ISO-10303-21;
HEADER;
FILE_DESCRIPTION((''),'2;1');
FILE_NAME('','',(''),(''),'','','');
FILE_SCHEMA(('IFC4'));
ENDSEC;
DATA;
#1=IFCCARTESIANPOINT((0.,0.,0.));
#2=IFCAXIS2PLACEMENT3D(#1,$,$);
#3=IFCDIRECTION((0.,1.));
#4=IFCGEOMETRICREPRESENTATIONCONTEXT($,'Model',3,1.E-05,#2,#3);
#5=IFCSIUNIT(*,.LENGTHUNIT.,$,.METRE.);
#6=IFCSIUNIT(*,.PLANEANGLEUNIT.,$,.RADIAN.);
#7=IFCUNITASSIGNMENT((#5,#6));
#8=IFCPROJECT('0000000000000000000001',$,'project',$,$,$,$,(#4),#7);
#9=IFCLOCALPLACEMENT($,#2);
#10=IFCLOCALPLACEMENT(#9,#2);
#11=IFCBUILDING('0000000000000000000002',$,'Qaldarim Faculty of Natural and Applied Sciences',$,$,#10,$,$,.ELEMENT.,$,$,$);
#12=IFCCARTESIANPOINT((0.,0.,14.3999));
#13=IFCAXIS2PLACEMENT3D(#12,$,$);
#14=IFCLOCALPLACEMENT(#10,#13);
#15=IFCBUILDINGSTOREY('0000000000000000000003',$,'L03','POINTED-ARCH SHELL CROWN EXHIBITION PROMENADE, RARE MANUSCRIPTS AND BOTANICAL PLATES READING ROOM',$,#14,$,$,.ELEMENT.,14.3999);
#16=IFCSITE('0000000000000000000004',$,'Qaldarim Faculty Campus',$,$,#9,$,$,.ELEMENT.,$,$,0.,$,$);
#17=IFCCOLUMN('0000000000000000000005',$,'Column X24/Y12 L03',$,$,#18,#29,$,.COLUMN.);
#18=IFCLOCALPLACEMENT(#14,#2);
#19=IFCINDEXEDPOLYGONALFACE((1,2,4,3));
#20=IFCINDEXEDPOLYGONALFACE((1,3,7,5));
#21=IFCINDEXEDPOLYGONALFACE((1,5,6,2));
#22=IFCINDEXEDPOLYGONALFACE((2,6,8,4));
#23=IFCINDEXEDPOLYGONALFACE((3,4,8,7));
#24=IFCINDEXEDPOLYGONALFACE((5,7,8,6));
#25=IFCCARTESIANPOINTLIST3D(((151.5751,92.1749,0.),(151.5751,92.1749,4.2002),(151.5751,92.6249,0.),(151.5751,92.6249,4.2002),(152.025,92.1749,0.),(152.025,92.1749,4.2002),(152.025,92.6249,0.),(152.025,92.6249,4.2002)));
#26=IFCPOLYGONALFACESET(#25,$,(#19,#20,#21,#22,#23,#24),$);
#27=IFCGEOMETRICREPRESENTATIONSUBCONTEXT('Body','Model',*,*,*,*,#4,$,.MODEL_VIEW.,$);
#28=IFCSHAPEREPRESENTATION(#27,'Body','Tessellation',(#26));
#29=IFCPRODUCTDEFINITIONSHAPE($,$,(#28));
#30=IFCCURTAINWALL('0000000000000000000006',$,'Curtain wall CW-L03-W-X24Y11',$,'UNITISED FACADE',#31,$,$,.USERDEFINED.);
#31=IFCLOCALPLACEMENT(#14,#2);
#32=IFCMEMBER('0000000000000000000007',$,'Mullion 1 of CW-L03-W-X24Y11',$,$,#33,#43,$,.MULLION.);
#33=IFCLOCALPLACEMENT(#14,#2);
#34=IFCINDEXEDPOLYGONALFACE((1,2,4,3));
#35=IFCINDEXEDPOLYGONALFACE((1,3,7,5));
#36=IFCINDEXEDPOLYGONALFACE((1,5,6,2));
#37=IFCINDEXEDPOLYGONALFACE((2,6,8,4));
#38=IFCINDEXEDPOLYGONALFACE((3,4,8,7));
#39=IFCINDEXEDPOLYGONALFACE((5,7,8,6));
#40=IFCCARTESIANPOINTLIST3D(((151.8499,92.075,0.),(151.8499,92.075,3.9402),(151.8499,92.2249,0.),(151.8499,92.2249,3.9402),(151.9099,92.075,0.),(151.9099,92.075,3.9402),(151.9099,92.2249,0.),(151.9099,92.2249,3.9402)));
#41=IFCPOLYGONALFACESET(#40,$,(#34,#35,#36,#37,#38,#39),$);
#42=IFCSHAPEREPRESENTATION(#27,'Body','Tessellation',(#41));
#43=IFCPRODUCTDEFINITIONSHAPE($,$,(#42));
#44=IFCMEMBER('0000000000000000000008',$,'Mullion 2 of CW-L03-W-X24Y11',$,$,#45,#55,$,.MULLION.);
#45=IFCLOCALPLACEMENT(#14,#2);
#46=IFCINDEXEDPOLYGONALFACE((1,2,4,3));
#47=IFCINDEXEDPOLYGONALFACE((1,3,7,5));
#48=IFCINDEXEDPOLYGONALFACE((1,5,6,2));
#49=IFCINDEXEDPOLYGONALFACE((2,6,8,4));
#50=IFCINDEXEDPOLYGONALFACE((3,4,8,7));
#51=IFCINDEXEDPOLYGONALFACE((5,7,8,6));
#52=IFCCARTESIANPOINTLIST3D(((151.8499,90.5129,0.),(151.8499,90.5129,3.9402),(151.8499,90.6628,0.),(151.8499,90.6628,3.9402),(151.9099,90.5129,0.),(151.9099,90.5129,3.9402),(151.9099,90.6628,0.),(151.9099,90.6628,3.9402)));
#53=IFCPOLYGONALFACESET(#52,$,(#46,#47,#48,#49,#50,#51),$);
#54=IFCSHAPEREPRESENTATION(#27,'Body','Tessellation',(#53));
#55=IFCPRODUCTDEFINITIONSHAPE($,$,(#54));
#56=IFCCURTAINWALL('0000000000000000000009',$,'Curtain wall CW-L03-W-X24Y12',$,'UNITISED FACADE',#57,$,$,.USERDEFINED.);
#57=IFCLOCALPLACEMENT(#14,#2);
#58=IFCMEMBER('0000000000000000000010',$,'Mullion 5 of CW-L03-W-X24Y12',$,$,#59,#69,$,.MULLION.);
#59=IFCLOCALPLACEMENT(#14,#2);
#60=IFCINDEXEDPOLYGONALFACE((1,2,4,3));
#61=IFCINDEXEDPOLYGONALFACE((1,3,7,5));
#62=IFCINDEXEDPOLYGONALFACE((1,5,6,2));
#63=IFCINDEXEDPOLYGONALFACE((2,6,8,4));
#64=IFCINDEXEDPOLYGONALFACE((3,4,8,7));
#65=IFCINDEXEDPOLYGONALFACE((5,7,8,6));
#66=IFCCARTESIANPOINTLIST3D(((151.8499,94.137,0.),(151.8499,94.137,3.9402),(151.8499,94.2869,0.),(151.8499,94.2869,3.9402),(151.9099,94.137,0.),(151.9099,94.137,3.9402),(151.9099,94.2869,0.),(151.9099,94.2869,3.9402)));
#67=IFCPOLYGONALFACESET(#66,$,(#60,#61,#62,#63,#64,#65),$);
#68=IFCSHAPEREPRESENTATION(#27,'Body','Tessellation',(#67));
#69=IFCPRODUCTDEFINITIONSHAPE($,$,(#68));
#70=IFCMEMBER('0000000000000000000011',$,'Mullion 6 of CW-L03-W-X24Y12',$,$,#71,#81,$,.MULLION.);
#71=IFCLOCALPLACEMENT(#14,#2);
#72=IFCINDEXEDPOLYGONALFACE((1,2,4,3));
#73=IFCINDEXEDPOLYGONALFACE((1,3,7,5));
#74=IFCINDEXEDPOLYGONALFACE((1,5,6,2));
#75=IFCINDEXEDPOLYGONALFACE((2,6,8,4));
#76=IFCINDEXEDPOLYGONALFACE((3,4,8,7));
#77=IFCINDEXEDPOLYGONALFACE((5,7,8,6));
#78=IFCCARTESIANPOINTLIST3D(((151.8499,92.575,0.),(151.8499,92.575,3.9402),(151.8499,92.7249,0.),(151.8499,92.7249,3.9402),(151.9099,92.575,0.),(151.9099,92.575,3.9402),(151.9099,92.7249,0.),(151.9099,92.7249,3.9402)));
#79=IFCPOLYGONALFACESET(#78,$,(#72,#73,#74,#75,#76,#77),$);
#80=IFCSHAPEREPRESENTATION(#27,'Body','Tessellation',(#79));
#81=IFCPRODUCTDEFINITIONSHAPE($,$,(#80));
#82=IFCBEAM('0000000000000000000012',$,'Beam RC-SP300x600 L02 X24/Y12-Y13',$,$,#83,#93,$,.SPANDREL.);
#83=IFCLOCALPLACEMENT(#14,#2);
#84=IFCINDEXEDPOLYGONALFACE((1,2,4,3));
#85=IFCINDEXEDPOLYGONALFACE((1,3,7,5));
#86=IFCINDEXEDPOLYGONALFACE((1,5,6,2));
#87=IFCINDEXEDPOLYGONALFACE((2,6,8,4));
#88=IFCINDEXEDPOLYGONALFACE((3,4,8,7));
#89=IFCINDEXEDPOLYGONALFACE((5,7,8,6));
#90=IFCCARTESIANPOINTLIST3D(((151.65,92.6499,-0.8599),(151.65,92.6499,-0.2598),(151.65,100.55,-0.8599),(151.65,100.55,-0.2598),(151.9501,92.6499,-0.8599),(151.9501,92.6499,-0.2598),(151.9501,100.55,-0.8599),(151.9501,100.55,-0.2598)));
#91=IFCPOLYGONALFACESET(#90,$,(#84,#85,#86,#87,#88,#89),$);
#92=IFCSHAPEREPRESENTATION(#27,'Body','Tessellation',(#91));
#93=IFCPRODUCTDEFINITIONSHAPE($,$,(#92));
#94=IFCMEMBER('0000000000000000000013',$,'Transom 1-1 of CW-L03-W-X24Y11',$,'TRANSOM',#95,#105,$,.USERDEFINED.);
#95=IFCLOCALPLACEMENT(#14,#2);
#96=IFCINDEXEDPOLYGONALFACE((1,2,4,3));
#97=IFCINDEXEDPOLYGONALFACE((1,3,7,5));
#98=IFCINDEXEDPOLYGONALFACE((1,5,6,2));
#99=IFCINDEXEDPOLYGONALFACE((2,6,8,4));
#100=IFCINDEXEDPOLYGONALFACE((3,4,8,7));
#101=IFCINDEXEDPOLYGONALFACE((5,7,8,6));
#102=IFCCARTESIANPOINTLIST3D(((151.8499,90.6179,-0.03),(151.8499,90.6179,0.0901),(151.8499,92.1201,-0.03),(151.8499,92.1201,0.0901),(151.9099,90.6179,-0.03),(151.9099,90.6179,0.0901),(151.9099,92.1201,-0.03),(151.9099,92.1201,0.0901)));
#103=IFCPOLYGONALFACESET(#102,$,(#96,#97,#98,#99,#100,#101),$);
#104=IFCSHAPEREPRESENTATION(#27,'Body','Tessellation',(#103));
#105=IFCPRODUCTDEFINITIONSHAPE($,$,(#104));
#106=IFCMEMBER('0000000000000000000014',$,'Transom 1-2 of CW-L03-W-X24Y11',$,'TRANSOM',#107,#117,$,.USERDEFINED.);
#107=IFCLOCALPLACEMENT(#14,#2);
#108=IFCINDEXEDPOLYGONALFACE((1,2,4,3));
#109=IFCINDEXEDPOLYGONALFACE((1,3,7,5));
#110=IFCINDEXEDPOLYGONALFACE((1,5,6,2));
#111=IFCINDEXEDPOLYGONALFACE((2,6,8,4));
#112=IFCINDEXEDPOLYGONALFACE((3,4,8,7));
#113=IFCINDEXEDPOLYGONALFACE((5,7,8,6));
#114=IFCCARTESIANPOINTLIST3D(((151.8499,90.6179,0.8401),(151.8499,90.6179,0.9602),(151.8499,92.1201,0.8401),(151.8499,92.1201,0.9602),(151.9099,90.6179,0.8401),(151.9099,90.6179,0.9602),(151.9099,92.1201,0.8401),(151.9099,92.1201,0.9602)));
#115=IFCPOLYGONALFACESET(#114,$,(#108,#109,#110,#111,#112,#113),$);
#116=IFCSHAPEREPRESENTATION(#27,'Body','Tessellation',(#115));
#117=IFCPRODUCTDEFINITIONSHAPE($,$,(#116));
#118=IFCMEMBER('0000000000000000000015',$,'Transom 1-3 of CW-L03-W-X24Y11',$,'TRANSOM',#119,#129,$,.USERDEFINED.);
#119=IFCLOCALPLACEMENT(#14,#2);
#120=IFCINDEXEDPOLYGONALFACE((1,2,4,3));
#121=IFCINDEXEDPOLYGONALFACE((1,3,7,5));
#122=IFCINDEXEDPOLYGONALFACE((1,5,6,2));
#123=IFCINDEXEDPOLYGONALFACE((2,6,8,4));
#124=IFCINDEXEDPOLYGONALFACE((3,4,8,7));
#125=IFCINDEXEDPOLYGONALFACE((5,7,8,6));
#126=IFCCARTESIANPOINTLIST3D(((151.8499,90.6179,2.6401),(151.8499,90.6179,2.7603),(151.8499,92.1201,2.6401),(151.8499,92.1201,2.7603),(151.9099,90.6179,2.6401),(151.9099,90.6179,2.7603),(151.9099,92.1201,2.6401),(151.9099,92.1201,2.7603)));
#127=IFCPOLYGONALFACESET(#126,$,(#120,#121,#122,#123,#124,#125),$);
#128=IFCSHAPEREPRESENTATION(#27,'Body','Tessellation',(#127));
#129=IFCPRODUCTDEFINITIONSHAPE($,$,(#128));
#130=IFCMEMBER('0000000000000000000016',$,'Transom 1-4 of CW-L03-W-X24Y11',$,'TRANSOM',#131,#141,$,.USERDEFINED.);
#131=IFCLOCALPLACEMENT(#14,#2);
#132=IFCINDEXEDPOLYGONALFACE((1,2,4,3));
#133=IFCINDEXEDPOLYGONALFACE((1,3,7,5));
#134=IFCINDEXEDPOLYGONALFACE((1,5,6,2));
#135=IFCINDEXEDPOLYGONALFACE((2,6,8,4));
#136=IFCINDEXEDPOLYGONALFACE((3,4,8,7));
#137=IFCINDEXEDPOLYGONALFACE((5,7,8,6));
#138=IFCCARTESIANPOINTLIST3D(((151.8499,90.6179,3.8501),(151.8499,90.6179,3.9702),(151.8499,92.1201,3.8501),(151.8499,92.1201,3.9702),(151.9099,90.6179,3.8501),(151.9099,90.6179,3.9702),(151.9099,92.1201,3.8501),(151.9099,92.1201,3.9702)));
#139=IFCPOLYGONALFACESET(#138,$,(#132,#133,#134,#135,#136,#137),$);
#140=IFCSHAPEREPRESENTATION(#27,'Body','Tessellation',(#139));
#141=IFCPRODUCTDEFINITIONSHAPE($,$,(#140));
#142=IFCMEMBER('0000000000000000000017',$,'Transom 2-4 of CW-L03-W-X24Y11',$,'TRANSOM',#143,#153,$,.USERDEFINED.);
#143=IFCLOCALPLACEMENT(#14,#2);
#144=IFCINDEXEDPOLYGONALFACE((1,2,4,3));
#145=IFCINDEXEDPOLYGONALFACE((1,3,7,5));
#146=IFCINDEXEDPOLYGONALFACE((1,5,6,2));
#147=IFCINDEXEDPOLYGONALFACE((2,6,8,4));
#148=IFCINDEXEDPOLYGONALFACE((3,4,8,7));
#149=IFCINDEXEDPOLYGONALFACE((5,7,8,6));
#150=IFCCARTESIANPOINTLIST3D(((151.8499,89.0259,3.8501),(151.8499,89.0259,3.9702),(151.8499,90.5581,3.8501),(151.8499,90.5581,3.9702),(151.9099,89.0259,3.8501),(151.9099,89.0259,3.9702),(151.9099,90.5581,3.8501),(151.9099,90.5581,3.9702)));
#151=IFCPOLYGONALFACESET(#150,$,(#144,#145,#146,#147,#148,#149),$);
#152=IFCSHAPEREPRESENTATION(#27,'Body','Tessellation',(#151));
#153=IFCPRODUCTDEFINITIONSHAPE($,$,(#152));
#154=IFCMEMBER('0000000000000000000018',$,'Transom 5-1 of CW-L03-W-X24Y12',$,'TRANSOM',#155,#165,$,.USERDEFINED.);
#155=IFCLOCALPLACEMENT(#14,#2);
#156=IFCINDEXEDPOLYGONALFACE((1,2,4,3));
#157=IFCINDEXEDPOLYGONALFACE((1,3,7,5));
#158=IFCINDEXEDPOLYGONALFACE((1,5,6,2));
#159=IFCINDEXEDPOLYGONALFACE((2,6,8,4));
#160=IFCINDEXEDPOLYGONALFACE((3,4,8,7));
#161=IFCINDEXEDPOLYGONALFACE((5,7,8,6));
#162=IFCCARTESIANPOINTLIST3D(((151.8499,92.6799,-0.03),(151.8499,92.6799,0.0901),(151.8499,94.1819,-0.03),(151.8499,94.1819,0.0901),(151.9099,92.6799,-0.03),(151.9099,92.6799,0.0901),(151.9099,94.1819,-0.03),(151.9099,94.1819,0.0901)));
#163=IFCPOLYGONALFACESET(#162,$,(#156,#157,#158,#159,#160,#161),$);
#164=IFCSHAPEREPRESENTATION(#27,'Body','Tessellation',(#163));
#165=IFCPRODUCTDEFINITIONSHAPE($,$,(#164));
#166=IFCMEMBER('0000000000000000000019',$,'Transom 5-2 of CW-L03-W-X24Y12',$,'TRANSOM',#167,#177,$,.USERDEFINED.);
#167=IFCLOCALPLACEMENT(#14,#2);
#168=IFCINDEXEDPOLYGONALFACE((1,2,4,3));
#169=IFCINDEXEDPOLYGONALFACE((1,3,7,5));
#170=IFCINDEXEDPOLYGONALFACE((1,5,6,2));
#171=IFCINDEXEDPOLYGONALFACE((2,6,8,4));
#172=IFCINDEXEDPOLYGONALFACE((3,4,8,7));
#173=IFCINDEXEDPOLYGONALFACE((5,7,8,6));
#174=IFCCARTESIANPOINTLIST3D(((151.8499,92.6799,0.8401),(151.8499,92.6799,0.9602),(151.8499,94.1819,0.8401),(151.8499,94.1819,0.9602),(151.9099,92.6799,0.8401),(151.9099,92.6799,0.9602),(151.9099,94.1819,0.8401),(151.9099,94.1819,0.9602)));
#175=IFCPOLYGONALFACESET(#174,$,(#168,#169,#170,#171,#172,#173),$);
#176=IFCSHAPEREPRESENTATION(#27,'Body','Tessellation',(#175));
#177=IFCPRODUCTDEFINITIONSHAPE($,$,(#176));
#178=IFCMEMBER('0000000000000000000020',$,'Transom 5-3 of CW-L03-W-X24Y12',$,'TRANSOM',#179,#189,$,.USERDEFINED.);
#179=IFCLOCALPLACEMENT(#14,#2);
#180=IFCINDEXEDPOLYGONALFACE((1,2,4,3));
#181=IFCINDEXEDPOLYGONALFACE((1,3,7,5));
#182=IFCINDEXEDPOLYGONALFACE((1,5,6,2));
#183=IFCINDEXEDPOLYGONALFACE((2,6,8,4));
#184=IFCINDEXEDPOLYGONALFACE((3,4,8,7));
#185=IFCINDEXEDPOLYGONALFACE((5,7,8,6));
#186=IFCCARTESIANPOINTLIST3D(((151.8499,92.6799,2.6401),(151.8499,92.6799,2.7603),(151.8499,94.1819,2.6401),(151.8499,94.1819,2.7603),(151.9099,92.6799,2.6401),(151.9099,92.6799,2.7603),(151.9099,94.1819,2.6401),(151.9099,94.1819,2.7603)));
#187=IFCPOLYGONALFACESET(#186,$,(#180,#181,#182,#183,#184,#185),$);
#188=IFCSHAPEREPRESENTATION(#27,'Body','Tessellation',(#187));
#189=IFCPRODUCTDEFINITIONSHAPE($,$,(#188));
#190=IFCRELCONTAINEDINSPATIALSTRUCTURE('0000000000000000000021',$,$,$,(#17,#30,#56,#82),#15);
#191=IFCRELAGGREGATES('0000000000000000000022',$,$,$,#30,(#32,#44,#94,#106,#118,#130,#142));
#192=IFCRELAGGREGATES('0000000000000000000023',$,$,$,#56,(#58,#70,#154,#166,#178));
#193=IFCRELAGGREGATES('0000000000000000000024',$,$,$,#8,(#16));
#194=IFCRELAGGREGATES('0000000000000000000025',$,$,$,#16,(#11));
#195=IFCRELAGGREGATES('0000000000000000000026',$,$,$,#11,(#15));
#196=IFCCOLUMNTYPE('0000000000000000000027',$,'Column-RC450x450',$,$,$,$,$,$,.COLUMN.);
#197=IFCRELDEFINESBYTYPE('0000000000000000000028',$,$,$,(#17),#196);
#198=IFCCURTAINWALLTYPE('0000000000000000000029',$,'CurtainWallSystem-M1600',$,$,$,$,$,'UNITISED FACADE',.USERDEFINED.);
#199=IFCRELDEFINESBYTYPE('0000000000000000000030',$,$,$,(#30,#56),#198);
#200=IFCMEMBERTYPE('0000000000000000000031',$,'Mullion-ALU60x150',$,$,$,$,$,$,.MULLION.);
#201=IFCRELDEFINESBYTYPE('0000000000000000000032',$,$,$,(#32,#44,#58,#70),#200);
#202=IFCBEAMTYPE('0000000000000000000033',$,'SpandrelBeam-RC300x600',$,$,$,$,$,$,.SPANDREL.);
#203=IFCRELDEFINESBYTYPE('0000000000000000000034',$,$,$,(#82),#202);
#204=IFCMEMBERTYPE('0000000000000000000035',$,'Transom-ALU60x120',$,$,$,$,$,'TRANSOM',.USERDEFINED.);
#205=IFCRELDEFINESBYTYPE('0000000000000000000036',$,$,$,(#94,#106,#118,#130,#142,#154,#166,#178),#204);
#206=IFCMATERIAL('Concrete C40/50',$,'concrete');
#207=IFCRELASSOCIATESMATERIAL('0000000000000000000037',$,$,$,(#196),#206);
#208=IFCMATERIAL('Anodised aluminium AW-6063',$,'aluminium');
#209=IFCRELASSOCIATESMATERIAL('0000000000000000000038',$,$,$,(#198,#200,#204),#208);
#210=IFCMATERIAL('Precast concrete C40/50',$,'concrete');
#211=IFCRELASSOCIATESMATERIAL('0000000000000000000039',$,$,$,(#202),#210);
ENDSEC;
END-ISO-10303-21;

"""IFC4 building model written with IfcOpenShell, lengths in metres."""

from ifc_helpers import new_model, si_unit, direction, frame, origin, origin_2d, place, context, subcontext, project, spatial, rectangle, extrude, material, material_profile, profile_set, type_object, element, aggregate, save


model = new_model("IFC4")

# Units and contexts
model_context = context("Model", 3, precision=1e-05, world=origin(), true_north=direction((0.0, 1.0)))
body_context = subcontext(model_context, "Body", "Model", "MODEL_VIEW")
ifc_project = project(units=[si_unit("LENGTHUNIT", "METRE"), si_unit("PLANEANGLEUNIT", "RADIAN")], contexts=[model_context])

# Site, building, storey
site_placement = place(None, origin())
site = spatial("IfcSite", under=ifc_project, at=site_placement, Name="Qaldarim Faculty Campus", CompositionType="ELEMENT", RefElevation=0.0)
building_placement = place(site_placement, origin())
building = spatial("IfcBuilding", under=site, at=building_placement, Name="Qaldarim Faculty of Natural and Applied Sciences", CompositionType="ELEMENT")
storey_placement = place(building_placement, frame((0.0, 0.0, 14.3999)))
storey = spatial("IfcBuildingStorey", under=building, at=storey_placement, Name="L03", Description="POINTED-ARCH SHELL CROWN EXHIBITION PROMENADE, RARE MANUSCRIPTS AND BOTANICAL PLATES READING ROOM", CompositionType="ELEMENT", Elevation=14.3999)

# Column
ifc_material_1 = material(Name="Concrete C40/50", Category="concrete")
ifc_material_profile_1 = material_profile(ifc_material_1, rectangle(XDim=0.45, YDim=0.45, at=origin_2d()), Name="RC-C450x450")
ifc_profile_set_1 = profile_set([ifc_material_profile_1], Name="Concrete C40/50")
column_type = type_object("IfcColumnType", Name="Column-RC450x450", PredefinedType="COLUMN", material=ifc_profile_set_1)
column_placement = place(storey_placement, frame((151.8, 92.3999, 0.0), z_axis=(0.0, 0.0, 1.0), x_axis=(1.0, 0.0, 0.0)))
element("IfcColumn", 1, at=column_placement, inside=storey, type_object=column_type, Name="Column X24/Y12 L03", PredefinedType="COLUMN", context=body_context, shape_type="SweptSolid", body=[
    extrude(rectangle(XDim=0.45, YDim=0.45, at=origin_2d()), origin(), (0.0, 0.0, 1.0), 4.2002),
])

# Curtain walls, members
ifc_material_2 = material(Name="Anodised aluminium AW-6063", Category="aluminium")
curtain_wall_type = type_object("IfcCurtainWallType", Name="CurtainWallSystem-M1600", ElementType="UNITISED FACADE", PredefinedType="USERDEFINED", material=ifc_material_2)
curtain_wall_1_placement = place(storey_placement, origin())
curtain_wall_1 = element("IfcCurtainWall", 2, at=curtain_wall_1_placement, inside=storey, type_object=curtain_wall_type, Name="Curtain wall CW-L03-W-X24Y11", ObjectType="UNITISED FACADE", PredefinedType="USERDEFINED")
ifc_material_profile_2 = material_profile(ifc_material_2, rectangle(XDim=0.0601, YDim=0.1499, at=origin_2d()), Name="ALU-M60x150")
ifc_profile_set_2 = profile_set([ifc_material_profile_2], Name="Anodised aluminium AW-6063")
member_type_1 = type_object("IfcMemberType", Name="Mullion-ALU60x150", PredefinedType="MULLION", material=ifc_profile_set_2)
member_1_placement = place(storey_placement, frame((151.8799, 92.1499, 0.0), z_axis=(0.0, 0.0, 1.0), x_axis=(1.0, 0.0, 0.0)))
member_1 = element("IfcMember", 3, at=member_1_placement, type_object=member_type_1, Name="Mullion 1 of CW-L03-W-X24Y11", PredefinedType="MULLION", context=body_context, shape_type="SweptSolid", body=[
    extrude(rectangle(XDim=0.0601, YDim=0.1499, at=origin_2d()), origin(), (0.0, 0.0, 1.0), 3.9402),
])
member_2_placement = place(storey_placement, frame((151.8799, 90.5879, 0.0), z_axis=(0.0, 0.0, 1.0), x_axis=(1.0, 0.0, 0.0)))
member_2 = element("IfcMember", 4, at=member_2_placement, type_object=member_type_1, Name="Mullion 2 of CW-L03-W-X24Y11", PredefinedType="MULLION", context=body_context, shape_type="SweptSolid", body=[
    extrude(rectangle(XDim=0.0601, YDim=0.1499, at=origin_2d()), origin(), (0.0, 0.0, 1.0), 3.9402),
])
curtain_wall_2_placement = place(storey_placement, origin())
curtain_wall_2 = element("IfcCurtainWall", 5, at=curtain_wall_2_placement, inside=storey, type_object=curtain_wall_type, Name="Curtain wall CW-L03-W-X24Y12", ObjectType="UNITISED FACADE", PredefinedType="USERDEFINED")
member_3_placement = place(storey_placement, frame((151.8799, 94.2119, 0.0), z_axis=(0.0, 0.0, 1.0), x_axis=(1.0, 0.0, 0.0)))
member_3 = element("IfcMember", 6, at=member_3_placement, type_object=member_type_1, Name="Mullion 5 of CW-L03-W-X24Y12", PredefinedType="MULLION", context=body_context, shape_type="SweptSolid", body=[
    extrude(rectangle(XDim=0.0601, YDim=0.1499, at=origin_2d()), origin(), (0.0, 0.0, 1.0), 3.9402),
])
member_4_placement = place(storey_placement, frame((151.8799, 92.6499, 0.0), z_axis=(0.0, 0.0, 1.0), x_axis=(1.0, 0.0, 0.0)))
member_4 = element("IfcMember", 7, at=member_4_placement, type_object=member_type_1, Name="Mullion 6 of CW-L03-W-X24Y12", PredefinedType="MULLION", context=body_context, shape_type="SweptSolid", body=[
    extrude(rectangle(XDim=0.0601, YDim=0.1499, at=origin_2d()), origin(), (0.0, 0.0, 1.0), 3.9402),
])

# Beam
ifc_material_3 = material(Name="Precast concrete C40/50", Category="concrete")
ifc_material_profile_3 = material_profile(ifc_material_3, rectangle(XDim=0.3, YDim=0.6001, at=origin_2d()), Name="RC-SP300x600")
ifc_profile_set_3 = profile_set([ifc_material_profile_3], Name="Precast concrete C40/50")
beam_type = type_object("IfcBeamType", Name="SpandrelBeam-RC300x600", PredefinedType="SPANDREL", material=ifc_profile_set_3)
beam_placement = place(storey_placement, frame((151.8, 92.6499, -0.5598), z_axis=(0.0, 1.0, 0.0), x_axis=(-1.0, 0.0, 0.0)))
element("IfcBeam", 8, at=beam_placement, inside=storey, type_object=beam_type, Name="Beam RC-SP300x600 L02 X24/Y12-Y13", PredefinedType="SPANDREL", context=body_context, shape_type="SweptSolid", body=[
    extrude(rectangle(XDim=0.3, YDim=0.6001, at=origin_2d()), origin(), (0.0, 0.0, 1.0), 7.9001),
])

# Members
ifc_material_profile_4 = material_profile(ifc_material_2, rectangle(XDim=0.0601, YDim=0.1201, at=origin_2d()), Name="ALU-T60x120")
ifc_profile_set_4 = profile_set([ifc_material_profile_4], Name="Anodised aluminium AW-6063")
member_type_2 = type_object("IfcMemberType", Name="Transom-ALU60x120", ElementType="TRANSOM", PredefinedType="USERDEFINED", material=ifc_profile_set_4)
member_5_placement = place(storey_placement, frame((151.8799, 92.1201, 0.03), z_axis=(0.0, -1.0, 0.0), x_axis=(1.0, 0.0, 0.0)))
member_5 = element("IfcMember", 9, at=member_5_placement, type_object=member_type_2, Name="Transom 1-1 of CW-L03-W-X24Y11", ObjectType="TRANSOM", PredefinedType="USERDEFINED", context=body_context, shape_type="SweptSolid", body=[
    extrude(rectangle(XDim=0.0601, YDim=0.1201, at=origin_2d()), origin(), (0.0, 0.0, 1.0), 1.5022),
])
member_6_placement = place(storey_placement, frame((151.8799, 92.1201, 0.9001), z_axis=(0.0, -1.0, 0.0), x_axis=(1.0, 0.0, 0.0)))
member_6 = element("IfcMember", 10, at=member_6_placement, type_object=member_type_2, Name="Transom 1-2 of CW-L03-W-X24Y11", ObjectType="TRANSOM", PredefinedType="USERDEFINED", context=body_context, shape_type="SweptSolid", body=[
    extrude(rectangle(XDim=0.0601, YDim=0.1201, at=origin_2d()), origin(), (0.0, 0.0, 1.0), 1.5022),
])
member_7_placement = place(storey_placement, frame((151.8799, 92.1201, 2.7002), z_axis=(0.0, -1.0, 0.0), x_axis=(1.0, 0.0, 0.0)))
member_7 = element("IfcMember", 11, at=member_7_placement, type_object=member_type_2, Name="Transom 1-3 of CW-L03-W-X24Y11", ObjectType="TRANSOM", PredefinedType="USERDEFINED", context=body_context, shape_type="SweptSolid", body=[
    extrude(rectangle(XDim=0.0601, YDim=0.1201, at=origin_2d()), origin(), (0.0, 0.0, 1.0), 1.5022),
])
member_8_placement = place(storey_placement, frame((151.8799, 92.1201, 3.9102), z_axis=(0.0, -1.0, 0.0), x_axis=(1.0, 0.0, 0.0)))
member_8 = element("IfcMember", 12, at=member_8_placement, type_object=member_type_2, Name="Transom 1-4 of CW-L03-W-X24Y11", ObjectType="TRANSOM", PredefinedType="USERDEFINED", context=body_context, shape_type="SweptSolid", body=[
    extrude(rectangle(XDim=0.0601, YDim=0.1201, at=origin_2d()), origin(), (0.0, 0.0, 1.0), 1.5022),
])
member_9_placement = place(storey_placement, frame((151.8799, 90.5581, 3.9102), z_axis=(0.0, -1.0, 0.0), x_axis=(1.0, 0.0, 0.0)))
member_9 = element("IfcMember", 13, at=member_9_placement, type_object=member_type_2, Name="Transom 2-4 of CW-L03-W-X24Y11", ObjectType="TRANSOM", PredefinedType="USERDEFINED", context=body_context, shape_type="SweptSolid", body=[
    extrude(rectangle(XDim=0.0601, YDim=0.1201, at=origin_2d()), origin(), (0.0, 0.0, 1.0), 1.5322),
])
member_10_placement = place(storey_placement, frame((151.8799, 94.1819, 0.03), z_axis=(0.0, -1.0, 0.0), x_axis=(1.0, 0.0, 0.0)))
member_10 = element("IfcMember", 14, at=member_10_placement, type_object=member_type_2, Name="Transom 5-1 of CW-L03-W-X24Y12", ObjectType="TRANSOM", PredefinedType="USERDEFINED", context=body_context, shape_type="SweptSolid", body=[
    extrude(rectangle(XDim=0.0601, YDim=0.1201, at=origin_2d()), origin(), (0.0, 0.0, 1.0), 1.502),
])
member_11_placement = place(storey_placement, frame((151.8799, 94.1819, 0.9001), z_axis=(0.0, -1.0, 0.0), x_axis=(1.0, 0.0, 0.0)))
member_11 = element("IfcMember", 15, at=member_11_placement, type_object=member_type_2, Name="Transom 5-2 of CW-L03-W-X24Y12", ObjectType="TRANSOM", PredefinedType="USERDEFINED", context=body_context, shape_type="SweptSolid", body=[
    extrude(rectangle(XDim=0.0601, YDim=0.1201, at=origin_2d()), origin(), (0.0, 0.0, 1.0), 1.502),
])
member_12_placement = place(storey_placement, frame((151.8799, 94.1819, 2.7002), z_axis=(0.0, -1.0, 0.0), x_axis=(1.0, 0.0, 0.0)))
member_12 = element("IfcMember", 16, at=member_12_placement, type_object=member_type_2, Name="Transom 5-3 of CW-L03-W-X24Y12", ObjectType="TRANSOM", PredefinedType="USERDEFINED", context=body_context, shape_type="SweptSolid", body=[
    extrude(rectangle(XDim=0.0601, YDim=0.1201, at=origin_2d()), origin(), (0.0, 0.0, 1.0), 1.502),
])

aggregate(curtain_wall_1, [member_1, member_2, member_5, member_6, member_7, member_8, member_9])
aggregate(curtain_wall_2, [member_3, member_4, member_10, member_11, member_12])

save(model, "model.ifc")
